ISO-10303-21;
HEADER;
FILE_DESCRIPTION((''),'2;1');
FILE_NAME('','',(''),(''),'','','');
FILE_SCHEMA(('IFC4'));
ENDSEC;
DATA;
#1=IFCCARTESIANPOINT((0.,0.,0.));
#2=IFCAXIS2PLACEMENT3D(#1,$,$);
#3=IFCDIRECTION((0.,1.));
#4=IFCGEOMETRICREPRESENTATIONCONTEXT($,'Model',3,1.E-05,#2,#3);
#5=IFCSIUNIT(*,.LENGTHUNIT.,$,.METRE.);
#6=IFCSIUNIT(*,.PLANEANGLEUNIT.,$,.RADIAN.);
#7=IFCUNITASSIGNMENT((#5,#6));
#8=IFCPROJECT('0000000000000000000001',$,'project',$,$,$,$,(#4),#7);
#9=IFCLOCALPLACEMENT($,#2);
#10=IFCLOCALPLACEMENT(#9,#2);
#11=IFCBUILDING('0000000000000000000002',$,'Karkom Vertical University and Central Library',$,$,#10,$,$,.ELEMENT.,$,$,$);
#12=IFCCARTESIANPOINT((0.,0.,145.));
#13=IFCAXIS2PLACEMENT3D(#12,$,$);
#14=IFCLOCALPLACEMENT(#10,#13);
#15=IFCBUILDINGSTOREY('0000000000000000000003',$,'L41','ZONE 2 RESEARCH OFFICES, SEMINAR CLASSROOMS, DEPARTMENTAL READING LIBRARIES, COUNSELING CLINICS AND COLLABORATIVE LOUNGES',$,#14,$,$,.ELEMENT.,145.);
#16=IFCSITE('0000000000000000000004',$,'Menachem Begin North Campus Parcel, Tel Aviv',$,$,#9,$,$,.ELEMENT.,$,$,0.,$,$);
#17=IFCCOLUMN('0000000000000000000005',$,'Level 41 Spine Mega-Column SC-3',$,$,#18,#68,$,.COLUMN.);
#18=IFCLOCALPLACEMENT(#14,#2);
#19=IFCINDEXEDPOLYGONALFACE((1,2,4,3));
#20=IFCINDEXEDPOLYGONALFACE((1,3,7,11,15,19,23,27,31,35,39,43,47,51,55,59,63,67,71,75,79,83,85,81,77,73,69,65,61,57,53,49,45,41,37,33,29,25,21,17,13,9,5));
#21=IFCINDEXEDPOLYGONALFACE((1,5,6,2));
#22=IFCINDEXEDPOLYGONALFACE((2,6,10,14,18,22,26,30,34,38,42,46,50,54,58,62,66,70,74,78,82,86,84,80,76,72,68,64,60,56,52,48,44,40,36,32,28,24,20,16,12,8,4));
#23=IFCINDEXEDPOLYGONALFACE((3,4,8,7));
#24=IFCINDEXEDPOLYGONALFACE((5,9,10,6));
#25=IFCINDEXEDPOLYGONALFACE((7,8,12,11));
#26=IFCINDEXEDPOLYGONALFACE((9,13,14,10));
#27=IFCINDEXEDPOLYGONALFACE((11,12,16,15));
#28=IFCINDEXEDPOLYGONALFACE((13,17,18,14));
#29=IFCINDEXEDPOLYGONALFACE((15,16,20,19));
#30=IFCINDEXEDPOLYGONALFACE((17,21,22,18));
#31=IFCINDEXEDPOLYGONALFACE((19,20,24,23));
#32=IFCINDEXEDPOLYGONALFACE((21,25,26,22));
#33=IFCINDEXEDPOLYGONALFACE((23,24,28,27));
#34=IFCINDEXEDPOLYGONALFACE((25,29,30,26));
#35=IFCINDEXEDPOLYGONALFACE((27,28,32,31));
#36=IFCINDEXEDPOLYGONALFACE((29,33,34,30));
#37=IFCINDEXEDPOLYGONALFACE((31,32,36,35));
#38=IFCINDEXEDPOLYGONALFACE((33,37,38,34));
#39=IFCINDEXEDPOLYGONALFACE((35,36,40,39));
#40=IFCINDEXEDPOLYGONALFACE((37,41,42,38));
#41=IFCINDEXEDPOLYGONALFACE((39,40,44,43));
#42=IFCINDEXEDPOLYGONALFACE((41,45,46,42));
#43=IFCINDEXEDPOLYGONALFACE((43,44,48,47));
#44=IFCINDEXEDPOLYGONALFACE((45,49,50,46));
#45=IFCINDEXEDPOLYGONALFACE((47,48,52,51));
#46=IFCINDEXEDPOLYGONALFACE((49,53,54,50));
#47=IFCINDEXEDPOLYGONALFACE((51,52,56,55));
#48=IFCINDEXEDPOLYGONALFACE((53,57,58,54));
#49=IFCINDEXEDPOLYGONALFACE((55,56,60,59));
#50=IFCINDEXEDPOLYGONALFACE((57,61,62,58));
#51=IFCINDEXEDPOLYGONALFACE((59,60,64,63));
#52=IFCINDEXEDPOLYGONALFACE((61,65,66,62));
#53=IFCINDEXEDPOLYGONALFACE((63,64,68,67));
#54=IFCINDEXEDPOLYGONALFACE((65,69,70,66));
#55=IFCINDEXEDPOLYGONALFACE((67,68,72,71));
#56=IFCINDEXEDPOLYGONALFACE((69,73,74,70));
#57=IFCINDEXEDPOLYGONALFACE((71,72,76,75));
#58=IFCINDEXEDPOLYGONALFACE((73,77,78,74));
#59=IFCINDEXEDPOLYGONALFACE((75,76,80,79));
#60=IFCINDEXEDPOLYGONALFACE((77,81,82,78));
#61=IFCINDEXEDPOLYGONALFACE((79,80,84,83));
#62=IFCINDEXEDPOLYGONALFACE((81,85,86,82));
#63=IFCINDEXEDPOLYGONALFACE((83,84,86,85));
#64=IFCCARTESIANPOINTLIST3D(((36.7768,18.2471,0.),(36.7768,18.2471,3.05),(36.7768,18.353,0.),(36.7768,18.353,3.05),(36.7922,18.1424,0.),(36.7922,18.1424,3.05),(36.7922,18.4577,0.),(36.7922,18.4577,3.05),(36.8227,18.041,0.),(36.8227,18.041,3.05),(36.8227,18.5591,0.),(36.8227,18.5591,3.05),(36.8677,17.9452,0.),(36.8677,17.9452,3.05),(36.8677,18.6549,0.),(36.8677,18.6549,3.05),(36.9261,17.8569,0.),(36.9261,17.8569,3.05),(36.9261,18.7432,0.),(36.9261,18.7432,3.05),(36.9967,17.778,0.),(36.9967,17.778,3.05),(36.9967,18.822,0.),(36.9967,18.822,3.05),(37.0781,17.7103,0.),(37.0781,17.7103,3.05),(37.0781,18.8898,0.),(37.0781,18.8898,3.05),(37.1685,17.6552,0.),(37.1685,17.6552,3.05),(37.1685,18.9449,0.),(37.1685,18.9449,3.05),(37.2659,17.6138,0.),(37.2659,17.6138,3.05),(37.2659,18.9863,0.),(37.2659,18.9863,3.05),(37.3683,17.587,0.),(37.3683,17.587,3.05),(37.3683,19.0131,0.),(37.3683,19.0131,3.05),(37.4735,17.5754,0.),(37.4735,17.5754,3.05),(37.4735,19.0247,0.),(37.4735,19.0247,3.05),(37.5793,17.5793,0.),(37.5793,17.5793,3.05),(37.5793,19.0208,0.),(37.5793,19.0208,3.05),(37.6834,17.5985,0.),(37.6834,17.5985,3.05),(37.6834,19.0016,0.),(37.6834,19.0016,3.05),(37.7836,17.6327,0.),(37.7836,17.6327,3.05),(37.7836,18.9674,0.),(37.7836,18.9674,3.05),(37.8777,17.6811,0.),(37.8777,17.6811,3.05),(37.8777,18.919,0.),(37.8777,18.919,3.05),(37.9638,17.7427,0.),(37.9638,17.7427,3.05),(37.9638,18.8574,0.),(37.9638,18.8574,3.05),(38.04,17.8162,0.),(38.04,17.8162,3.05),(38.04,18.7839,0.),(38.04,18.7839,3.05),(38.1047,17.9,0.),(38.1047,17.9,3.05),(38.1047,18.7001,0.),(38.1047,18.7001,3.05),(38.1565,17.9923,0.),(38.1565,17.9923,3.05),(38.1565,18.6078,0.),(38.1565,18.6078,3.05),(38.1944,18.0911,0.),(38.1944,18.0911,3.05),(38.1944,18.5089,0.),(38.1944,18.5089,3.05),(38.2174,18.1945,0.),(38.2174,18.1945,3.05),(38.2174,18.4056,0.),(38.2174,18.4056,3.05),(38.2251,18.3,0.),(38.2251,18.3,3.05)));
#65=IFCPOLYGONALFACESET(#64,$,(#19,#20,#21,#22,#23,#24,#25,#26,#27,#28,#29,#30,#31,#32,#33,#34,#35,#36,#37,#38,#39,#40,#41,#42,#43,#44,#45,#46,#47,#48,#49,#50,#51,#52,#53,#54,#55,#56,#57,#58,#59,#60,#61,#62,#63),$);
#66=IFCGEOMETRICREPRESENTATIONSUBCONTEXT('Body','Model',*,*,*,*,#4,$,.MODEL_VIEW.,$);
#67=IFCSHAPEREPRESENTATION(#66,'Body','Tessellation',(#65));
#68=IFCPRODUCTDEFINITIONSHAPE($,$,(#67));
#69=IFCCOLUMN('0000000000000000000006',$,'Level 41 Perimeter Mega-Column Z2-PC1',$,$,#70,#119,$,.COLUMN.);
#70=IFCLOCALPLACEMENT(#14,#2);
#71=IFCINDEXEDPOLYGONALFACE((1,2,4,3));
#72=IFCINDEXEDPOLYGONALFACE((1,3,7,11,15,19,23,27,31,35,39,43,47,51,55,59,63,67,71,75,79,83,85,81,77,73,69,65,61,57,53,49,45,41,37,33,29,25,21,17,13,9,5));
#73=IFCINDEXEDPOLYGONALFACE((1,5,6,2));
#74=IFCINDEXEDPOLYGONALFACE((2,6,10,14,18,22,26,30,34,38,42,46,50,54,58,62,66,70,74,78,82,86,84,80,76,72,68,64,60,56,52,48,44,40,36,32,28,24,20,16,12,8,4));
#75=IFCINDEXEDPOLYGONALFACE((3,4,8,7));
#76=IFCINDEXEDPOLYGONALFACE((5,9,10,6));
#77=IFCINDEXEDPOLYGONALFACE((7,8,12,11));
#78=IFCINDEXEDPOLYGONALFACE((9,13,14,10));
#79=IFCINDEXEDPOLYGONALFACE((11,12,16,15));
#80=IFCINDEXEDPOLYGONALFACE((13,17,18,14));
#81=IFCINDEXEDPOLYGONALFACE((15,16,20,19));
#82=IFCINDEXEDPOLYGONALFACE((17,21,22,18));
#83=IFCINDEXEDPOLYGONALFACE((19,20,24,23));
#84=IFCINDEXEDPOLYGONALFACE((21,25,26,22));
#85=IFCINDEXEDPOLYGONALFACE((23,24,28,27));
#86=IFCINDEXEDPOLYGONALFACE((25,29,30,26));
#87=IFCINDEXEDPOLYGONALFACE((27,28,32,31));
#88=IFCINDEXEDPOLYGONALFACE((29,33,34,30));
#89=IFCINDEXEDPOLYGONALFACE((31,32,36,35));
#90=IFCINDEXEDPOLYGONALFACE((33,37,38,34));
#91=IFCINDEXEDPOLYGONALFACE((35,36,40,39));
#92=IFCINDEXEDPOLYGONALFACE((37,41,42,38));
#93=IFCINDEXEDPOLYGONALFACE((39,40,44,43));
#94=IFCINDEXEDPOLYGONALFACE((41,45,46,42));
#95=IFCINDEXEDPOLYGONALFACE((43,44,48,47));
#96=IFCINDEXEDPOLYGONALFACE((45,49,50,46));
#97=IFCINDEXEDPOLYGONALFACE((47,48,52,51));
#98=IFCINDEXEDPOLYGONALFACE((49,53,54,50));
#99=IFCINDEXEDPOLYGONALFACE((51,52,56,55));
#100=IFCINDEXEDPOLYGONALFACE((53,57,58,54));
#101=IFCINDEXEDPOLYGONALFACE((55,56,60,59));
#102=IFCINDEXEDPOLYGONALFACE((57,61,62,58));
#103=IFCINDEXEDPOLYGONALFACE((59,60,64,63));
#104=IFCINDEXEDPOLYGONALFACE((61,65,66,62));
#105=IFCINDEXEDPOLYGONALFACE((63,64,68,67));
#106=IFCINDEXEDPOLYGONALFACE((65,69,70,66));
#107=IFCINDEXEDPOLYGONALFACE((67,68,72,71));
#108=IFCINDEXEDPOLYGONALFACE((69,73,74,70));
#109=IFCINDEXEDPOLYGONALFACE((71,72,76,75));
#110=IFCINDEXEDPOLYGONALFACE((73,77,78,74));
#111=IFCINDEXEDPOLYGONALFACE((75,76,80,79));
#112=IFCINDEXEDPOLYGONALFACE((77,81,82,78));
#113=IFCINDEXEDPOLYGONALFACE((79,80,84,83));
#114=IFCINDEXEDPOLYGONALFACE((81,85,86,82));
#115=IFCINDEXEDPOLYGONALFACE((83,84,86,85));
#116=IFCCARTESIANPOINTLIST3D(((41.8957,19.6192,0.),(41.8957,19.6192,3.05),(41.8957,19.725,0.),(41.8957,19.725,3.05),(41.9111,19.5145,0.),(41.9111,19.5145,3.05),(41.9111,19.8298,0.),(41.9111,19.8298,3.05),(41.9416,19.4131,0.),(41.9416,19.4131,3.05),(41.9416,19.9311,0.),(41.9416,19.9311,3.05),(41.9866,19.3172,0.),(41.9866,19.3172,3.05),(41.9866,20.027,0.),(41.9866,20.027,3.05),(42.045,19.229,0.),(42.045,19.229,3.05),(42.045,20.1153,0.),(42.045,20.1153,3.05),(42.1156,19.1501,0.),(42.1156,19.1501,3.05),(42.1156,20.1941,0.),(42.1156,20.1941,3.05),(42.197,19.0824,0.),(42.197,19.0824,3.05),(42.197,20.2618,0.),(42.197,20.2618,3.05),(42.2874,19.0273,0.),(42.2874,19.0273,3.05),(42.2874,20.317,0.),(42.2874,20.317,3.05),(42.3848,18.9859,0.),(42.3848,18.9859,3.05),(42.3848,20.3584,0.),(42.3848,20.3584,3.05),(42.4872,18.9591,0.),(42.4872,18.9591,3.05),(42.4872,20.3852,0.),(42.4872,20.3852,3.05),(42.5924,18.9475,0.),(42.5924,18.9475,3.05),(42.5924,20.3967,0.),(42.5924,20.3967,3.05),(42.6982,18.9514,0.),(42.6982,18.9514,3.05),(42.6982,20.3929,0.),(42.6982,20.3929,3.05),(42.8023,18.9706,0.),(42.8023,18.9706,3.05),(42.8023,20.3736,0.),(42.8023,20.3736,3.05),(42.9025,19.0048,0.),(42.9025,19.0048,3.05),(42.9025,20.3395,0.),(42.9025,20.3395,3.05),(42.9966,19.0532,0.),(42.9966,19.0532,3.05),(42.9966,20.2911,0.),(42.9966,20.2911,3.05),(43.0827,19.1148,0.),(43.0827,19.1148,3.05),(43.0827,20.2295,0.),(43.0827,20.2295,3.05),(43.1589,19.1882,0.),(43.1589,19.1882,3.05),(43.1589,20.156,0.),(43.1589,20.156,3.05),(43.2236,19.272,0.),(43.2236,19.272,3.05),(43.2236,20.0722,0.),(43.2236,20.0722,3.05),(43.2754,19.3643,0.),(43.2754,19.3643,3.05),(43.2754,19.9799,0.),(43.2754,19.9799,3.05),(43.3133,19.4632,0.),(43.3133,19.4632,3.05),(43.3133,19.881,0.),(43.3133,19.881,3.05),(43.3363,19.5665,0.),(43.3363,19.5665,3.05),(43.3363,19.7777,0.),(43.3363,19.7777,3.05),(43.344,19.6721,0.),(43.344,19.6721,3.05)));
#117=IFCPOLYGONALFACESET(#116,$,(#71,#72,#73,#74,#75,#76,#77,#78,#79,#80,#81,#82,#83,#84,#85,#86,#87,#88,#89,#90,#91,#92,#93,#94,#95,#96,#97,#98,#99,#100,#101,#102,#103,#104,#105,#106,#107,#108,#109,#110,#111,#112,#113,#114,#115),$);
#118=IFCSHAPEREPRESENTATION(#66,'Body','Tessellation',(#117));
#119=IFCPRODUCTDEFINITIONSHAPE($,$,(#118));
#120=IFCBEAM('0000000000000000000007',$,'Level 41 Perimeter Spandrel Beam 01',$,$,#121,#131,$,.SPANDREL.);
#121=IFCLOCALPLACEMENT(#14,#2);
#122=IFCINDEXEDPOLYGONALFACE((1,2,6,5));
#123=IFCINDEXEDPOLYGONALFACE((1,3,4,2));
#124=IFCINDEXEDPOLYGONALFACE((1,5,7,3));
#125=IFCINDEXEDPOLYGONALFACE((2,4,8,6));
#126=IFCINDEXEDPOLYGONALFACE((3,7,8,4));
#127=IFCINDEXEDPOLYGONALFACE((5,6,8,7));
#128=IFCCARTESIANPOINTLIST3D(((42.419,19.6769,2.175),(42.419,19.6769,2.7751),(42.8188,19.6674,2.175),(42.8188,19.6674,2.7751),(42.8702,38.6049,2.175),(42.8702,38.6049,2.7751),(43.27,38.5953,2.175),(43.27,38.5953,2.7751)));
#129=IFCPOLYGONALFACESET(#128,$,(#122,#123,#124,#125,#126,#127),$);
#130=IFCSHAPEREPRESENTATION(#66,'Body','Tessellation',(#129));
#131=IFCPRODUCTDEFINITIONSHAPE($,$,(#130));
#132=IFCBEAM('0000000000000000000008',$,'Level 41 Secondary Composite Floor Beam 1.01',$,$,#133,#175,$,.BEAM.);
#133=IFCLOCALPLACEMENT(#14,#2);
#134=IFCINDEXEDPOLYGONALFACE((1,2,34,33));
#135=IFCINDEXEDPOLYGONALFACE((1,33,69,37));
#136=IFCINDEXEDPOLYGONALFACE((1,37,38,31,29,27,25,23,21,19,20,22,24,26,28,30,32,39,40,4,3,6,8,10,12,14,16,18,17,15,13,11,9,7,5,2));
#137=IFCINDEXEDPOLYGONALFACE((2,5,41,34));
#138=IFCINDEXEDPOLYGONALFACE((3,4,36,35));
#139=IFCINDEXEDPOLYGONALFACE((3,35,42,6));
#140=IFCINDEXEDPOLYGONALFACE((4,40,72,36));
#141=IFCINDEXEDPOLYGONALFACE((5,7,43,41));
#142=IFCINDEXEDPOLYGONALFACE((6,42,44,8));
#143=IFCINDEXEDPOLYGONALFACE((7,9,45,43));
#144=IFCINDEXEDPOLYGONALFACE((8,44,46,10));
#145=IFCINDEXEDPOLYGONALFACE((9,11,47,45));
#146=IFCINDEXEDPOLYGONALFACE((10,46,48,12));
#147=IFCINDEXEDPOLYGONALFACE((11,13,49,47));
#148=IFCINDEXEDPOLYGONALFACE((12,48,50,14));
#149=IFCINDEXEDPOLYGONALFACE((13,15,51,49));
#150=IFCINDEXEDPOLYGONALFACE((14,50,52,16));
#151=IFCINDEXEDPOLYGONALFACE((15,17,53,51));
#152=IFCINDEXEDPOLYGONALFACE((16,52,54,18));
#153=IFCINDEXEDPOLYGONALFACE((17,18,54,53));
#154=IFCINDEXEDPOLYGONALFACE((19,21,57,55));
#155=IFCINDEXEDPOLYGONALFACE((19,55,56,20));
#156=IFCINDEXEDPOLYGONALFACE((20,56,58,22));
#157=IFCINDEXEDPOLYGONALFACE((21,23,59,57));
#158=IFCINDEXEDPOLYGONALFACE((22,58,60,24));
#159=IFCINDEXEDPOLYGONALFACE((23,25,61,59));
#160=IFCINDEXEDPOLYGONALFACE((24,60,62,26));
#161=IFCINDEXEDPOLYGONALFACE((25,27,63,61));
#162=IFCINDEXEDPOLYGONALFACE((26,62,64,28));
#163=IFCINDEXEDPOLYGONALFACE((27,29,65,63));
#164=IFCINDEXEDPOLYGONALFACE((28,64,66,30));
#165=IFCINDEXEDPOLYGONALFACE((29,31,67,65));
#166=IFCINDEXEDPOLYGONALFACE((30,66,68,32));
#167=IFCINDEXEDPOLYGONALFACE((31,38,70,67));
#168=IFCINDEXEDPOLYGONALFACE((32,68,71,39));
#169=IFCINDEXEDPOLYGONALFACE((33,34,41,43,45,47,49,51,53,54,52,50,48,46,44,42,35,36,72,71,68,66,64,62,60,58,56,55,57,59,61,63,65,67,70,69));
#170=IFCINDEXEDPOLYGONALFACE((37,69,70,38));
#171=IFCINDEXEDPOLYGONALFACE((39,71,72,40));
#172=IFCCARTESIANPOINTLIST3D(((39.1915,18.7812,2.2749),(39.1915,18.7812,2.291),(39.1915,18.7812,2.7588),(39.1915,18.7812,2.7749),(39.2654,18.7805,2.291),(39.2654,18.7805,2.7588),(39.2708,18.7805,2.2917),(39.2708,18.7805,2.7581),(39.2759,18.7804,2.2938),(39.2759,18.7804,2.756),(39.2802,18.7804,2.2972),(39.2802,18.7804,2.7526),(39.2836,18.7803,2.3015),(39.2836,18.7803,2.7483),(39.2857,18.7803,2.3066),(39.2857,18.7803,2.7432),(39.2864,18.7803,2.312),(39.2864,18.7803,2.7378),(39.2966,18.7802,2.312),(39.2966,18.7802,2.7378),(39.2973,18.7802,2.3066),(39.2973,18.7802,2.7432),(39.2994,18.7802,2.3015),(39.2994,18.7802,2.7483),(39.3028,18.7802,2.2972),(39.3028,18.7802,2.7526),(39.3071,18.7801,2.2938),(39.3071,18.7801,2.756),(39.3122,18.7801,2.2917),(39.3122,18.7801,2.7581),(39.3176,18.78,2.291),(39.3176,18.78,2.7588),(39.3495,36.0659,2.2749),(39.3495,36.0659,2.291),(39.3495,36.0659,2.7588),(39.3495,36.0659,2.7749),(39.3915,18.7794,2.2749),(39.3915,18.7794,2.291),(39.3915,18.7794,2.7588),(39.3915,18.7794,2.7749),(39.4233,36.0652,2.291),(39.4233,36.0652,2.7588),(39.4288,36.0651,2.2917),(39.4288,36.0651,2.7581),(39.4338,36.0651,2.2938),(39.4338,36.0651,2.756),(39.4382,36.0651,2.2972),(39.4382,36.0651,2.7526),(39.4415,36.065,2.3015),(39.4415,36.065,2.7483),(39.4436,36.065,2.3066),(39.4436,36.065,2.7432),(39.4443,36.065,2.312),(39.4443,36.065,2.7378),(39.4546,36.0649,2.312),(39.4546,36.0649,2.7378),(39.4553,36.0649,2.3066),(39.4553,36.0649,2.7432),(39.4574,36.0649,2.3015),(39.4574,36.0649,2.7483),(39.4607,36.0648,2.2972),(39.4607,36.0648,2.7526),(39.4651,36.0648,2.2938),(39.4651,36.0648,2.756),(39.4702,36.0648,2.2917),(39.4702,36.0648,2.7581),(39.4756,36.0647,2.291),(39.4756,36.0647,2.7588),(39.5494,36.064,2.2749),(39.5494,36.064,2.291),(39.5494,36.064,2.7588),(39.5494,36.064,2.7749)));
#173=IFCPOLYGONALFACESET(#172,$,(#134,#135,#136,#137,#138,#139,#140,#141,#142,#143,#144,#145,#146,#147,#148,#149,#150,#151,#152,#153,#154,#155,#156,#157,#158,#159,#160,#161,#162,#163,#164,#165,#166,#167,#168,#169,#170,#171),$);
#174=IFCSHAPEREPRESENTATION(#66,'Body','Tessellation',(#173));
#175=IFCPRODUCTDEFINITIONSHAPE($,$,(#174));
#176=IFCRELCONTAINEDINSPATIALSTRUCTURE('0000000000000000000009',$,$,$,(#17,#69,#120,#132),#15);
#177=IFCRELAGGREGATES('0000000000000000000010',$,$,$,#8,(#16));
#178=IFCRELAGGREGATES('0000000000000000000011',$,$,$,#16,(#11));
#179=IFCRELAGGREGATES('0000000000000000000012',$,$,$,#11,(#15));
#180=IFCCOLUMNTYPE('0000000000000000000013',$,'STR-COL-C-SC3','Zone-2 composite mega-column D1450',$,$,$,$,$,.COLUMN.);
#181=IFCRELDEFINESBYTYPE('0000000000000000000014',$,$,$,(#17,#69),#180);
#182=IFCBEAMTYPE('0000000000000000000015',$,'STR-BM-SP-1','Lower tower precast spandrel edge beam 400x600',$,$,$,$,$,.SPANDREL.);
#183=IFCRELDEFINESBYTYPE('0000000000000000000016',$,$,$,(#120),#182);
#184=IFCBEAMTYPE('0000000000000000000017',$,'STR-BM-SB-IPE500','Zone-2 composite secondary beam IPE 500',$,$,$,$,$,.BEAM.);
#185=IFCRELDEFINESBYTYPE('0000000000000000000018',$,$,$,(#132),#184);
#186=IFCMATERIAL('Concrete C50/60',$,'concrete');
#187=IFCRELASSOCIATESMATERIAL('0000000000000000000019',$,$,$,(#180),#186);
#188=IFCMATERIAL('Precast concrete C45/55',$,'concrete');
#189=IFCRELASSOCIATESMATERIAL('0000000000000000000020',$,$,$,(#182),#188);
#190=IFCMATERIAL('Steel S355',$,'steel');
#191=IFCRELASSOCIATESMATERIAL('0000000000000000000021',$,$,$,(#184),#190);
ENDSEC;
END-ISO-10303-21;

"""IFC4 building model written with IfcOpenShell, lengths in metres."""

from ifc_helpers import new_model, si_unit, direction, frame, origin, origin_with_axes, origin_2d, place, context, subcontext, project, spatial, rectangle, circle, i_section, extrude, source, transform, mapped, material, material_profile, profile_set, type_object, element, save


model = new_model("IFC4")

# Units and contexts
model_context = context("Model", 3, precision=1e-05, world=origin(), true_north=direction((0.0, 1.0)))
body_context = subcontext(model_context, "Body", "Model", "MODEL_VIEW")
ifc_project = project(units=[si_unit("LENGTHUNIT", "METRE"), si_unit("PLANEANGLEUNIT", "RADIAN")], contexts=[model_context])

# Site, building, storey
site_placement = place(None, origin())
site = spatial("IfcSite", under=ifc_project, at=site_placement, Name="Menachem Begin North Campus Parcel, Tel Aviv", CompositionType="ELEMENT", RefElevation=0.0)
building_placement = place(site_placement, origin())
building = spatial("IfcBuilding", under=site, at=building_placement, Name="Karkom Vertical University and Central Library", CompositionType="ELEMENT")
storey_placement = place(building_placement, frame((0.0, 0.0, 145.0)))
storey = spatial("IfcBuildingStorey", under=building, at=storey_placement, Name="L41", Description="ZONE 2 RESEARCH OFFICES, SEMINAR CLASSROOMS, DEPARTMENTAL READING LIBRARIES, COUNSELING CLINICS AND COLLABORATIVE LOUNGES", CompositionType="ELEMENT", Elevation=145.0)

# Columns
ifc_material_1 = material(Name="Concrete C50/60", Category="concrete")
ifc_material_profile_1 = material_profile(ifc_material_1, circle(Radius=0.7251, at=origin_2d()), Name="CFT-D1450")
ifc_profile_set_1 = profile_set([ifc_material_profile_1], Name="Concrete C50/60")
column_type = type_object("IfcColumnType", Name="STR-COL-C-SC3", Description="Zone-2 composite mega-column D1450", PredefinedType="COLUMN", material=ifc_profile_set_1)
shared_shape_1 = source(origin_with_axes(), body_context, "Body", "SweptSolid", [
    extrude(circle(Radius=0.7251, at=origin_2d()), origin(), (0.0, 0.0, 1.0), 3.05),
])
for number, where, z_axis, x_axis, name in (
    (1, (37.5, 18.3, 0.0), (0.0, 0.0, 1.0), (1.0, 0.0, 0.0), "Level 41 Spine Mega-Column SC-3"),
    (2, (42.6189, 19.6721, 0.0), (0.0, 0.0, 1.0), (1.0, 0.0, 0.0), "Level 41 Perimeter Mega-Column Z2-PC1"),
):
    element("IfcColumn", number, at=place(storey_placement, frame(where, z_axis=z_axis, x_axis=x_axis)), inside=storey, type_object=column_type, Name=name, PredefinedType="COLUMN", context=body_context, shape_type="MappedRepresentation", body=[
        mapped(shared_shape_1, transform((0.0, 0.0, 0.0), scale=1.0)),
    ])

# Beams
ifc_material_2 = material(Name="Precast concrete C45/55", Category="concrete")
ifc_material_profile_2 = material_profile(ifc_material_2, rectangle(XDim=0.3999, YDim=0.6001, at=origin_2d()), Name="SPB-400x600")
ifc_profile_set_2 = profile_set([ifc_material_profile_2], Name="Precast concrete C45/55")
beam_type_1 = type_object("IfcBeamType", Name="STR-BM-SP-1", Description="Lower tower precast spandrel edge beam 400x600", PredefinedType="SPANDREL", material=ifc_profile_set_2)
shared_shape_2 = source(origin_with_axes(), body_context, "Body", "SweptSolid", [
    extrude(rectangle(XDim=0.3999, YDim=0.6001, at=origin_2d()), origin(), (0.0, 0.0, 1.0), 18.9333),
])
beam_1_placement = place(storey_placement, frame((42.6189, 19.6721, 2.4751), z_axis=(0.023829, 0.999716, 0.0), x_axis=(-0.999716, 0.023829, 0.0)))
element("IfcBeam", 3, at=beam_1_placement, inside=storey, type_object=beam_type_1, Name="Level 41 Perimeter Spandrel Beam 01", PredefinedType="SPANDREL", context=body_context, shape_type="MappedRepresentation", body=[
    mapped(shared_shape_2, transform((0.0, 0.0, 0.0), scale=1.0)),
])
ifc_material_3 = material(Name="Steel S355", Category="steel")
ifc_material_profile_3 = material_profile(ifc_material_3, i_section(OverallWidth=0.2, OverallDepth=0.5, WebThickness=0.0103, FlangeThickness=0.0161, FilletRadius=0.021, at=origin_2d()), Name="IPE 500")
ifc_profile_set_3 = profile_set([ifc_material_profile_3], Name="Steel S355")
beam_type_2 = type_object("IfcBeamType", Name="STR-BM-SB-IPE500", Description="Zone-2 composite secondary beam IPE 500", PredefinedType="BEAM", material=ifc_profile_set_3)
shared_shape_3 = source(origin_with_axes(), body_context, "Body", "SweptSolid", [
    extrude(i_section(OverallWidth=0.2, OverallDepth=0.5, WebThickness=0.0103, FlangeThickness=0.0161, FilletRadius=0.021, at=origin_2d()), origin(), (0.0, 0.0, 1.0), 17.2854),
])
beam_2_placement = place(storey_placement, frame((39.2915, 18.7803, 2.5249), z_axis=(0.009138, 0.999958, 0.0), x_axis=(-0.999958, 0.009138, 0.0)))
element("IfcBeam", 4, at=beam_2_placement, inside=storey, type_object=beam_type_2, Name="Level 41 Secondary Composite Floor Beam 1.01", PredefinedType="BEAM", context=body_context, shape_type="MappedRepresentation", body=[
    mapped(shared_shape_3, transform((0.0, 0.0, 0.0), scale=1.0)),
])

save(model, "model.ifc")
